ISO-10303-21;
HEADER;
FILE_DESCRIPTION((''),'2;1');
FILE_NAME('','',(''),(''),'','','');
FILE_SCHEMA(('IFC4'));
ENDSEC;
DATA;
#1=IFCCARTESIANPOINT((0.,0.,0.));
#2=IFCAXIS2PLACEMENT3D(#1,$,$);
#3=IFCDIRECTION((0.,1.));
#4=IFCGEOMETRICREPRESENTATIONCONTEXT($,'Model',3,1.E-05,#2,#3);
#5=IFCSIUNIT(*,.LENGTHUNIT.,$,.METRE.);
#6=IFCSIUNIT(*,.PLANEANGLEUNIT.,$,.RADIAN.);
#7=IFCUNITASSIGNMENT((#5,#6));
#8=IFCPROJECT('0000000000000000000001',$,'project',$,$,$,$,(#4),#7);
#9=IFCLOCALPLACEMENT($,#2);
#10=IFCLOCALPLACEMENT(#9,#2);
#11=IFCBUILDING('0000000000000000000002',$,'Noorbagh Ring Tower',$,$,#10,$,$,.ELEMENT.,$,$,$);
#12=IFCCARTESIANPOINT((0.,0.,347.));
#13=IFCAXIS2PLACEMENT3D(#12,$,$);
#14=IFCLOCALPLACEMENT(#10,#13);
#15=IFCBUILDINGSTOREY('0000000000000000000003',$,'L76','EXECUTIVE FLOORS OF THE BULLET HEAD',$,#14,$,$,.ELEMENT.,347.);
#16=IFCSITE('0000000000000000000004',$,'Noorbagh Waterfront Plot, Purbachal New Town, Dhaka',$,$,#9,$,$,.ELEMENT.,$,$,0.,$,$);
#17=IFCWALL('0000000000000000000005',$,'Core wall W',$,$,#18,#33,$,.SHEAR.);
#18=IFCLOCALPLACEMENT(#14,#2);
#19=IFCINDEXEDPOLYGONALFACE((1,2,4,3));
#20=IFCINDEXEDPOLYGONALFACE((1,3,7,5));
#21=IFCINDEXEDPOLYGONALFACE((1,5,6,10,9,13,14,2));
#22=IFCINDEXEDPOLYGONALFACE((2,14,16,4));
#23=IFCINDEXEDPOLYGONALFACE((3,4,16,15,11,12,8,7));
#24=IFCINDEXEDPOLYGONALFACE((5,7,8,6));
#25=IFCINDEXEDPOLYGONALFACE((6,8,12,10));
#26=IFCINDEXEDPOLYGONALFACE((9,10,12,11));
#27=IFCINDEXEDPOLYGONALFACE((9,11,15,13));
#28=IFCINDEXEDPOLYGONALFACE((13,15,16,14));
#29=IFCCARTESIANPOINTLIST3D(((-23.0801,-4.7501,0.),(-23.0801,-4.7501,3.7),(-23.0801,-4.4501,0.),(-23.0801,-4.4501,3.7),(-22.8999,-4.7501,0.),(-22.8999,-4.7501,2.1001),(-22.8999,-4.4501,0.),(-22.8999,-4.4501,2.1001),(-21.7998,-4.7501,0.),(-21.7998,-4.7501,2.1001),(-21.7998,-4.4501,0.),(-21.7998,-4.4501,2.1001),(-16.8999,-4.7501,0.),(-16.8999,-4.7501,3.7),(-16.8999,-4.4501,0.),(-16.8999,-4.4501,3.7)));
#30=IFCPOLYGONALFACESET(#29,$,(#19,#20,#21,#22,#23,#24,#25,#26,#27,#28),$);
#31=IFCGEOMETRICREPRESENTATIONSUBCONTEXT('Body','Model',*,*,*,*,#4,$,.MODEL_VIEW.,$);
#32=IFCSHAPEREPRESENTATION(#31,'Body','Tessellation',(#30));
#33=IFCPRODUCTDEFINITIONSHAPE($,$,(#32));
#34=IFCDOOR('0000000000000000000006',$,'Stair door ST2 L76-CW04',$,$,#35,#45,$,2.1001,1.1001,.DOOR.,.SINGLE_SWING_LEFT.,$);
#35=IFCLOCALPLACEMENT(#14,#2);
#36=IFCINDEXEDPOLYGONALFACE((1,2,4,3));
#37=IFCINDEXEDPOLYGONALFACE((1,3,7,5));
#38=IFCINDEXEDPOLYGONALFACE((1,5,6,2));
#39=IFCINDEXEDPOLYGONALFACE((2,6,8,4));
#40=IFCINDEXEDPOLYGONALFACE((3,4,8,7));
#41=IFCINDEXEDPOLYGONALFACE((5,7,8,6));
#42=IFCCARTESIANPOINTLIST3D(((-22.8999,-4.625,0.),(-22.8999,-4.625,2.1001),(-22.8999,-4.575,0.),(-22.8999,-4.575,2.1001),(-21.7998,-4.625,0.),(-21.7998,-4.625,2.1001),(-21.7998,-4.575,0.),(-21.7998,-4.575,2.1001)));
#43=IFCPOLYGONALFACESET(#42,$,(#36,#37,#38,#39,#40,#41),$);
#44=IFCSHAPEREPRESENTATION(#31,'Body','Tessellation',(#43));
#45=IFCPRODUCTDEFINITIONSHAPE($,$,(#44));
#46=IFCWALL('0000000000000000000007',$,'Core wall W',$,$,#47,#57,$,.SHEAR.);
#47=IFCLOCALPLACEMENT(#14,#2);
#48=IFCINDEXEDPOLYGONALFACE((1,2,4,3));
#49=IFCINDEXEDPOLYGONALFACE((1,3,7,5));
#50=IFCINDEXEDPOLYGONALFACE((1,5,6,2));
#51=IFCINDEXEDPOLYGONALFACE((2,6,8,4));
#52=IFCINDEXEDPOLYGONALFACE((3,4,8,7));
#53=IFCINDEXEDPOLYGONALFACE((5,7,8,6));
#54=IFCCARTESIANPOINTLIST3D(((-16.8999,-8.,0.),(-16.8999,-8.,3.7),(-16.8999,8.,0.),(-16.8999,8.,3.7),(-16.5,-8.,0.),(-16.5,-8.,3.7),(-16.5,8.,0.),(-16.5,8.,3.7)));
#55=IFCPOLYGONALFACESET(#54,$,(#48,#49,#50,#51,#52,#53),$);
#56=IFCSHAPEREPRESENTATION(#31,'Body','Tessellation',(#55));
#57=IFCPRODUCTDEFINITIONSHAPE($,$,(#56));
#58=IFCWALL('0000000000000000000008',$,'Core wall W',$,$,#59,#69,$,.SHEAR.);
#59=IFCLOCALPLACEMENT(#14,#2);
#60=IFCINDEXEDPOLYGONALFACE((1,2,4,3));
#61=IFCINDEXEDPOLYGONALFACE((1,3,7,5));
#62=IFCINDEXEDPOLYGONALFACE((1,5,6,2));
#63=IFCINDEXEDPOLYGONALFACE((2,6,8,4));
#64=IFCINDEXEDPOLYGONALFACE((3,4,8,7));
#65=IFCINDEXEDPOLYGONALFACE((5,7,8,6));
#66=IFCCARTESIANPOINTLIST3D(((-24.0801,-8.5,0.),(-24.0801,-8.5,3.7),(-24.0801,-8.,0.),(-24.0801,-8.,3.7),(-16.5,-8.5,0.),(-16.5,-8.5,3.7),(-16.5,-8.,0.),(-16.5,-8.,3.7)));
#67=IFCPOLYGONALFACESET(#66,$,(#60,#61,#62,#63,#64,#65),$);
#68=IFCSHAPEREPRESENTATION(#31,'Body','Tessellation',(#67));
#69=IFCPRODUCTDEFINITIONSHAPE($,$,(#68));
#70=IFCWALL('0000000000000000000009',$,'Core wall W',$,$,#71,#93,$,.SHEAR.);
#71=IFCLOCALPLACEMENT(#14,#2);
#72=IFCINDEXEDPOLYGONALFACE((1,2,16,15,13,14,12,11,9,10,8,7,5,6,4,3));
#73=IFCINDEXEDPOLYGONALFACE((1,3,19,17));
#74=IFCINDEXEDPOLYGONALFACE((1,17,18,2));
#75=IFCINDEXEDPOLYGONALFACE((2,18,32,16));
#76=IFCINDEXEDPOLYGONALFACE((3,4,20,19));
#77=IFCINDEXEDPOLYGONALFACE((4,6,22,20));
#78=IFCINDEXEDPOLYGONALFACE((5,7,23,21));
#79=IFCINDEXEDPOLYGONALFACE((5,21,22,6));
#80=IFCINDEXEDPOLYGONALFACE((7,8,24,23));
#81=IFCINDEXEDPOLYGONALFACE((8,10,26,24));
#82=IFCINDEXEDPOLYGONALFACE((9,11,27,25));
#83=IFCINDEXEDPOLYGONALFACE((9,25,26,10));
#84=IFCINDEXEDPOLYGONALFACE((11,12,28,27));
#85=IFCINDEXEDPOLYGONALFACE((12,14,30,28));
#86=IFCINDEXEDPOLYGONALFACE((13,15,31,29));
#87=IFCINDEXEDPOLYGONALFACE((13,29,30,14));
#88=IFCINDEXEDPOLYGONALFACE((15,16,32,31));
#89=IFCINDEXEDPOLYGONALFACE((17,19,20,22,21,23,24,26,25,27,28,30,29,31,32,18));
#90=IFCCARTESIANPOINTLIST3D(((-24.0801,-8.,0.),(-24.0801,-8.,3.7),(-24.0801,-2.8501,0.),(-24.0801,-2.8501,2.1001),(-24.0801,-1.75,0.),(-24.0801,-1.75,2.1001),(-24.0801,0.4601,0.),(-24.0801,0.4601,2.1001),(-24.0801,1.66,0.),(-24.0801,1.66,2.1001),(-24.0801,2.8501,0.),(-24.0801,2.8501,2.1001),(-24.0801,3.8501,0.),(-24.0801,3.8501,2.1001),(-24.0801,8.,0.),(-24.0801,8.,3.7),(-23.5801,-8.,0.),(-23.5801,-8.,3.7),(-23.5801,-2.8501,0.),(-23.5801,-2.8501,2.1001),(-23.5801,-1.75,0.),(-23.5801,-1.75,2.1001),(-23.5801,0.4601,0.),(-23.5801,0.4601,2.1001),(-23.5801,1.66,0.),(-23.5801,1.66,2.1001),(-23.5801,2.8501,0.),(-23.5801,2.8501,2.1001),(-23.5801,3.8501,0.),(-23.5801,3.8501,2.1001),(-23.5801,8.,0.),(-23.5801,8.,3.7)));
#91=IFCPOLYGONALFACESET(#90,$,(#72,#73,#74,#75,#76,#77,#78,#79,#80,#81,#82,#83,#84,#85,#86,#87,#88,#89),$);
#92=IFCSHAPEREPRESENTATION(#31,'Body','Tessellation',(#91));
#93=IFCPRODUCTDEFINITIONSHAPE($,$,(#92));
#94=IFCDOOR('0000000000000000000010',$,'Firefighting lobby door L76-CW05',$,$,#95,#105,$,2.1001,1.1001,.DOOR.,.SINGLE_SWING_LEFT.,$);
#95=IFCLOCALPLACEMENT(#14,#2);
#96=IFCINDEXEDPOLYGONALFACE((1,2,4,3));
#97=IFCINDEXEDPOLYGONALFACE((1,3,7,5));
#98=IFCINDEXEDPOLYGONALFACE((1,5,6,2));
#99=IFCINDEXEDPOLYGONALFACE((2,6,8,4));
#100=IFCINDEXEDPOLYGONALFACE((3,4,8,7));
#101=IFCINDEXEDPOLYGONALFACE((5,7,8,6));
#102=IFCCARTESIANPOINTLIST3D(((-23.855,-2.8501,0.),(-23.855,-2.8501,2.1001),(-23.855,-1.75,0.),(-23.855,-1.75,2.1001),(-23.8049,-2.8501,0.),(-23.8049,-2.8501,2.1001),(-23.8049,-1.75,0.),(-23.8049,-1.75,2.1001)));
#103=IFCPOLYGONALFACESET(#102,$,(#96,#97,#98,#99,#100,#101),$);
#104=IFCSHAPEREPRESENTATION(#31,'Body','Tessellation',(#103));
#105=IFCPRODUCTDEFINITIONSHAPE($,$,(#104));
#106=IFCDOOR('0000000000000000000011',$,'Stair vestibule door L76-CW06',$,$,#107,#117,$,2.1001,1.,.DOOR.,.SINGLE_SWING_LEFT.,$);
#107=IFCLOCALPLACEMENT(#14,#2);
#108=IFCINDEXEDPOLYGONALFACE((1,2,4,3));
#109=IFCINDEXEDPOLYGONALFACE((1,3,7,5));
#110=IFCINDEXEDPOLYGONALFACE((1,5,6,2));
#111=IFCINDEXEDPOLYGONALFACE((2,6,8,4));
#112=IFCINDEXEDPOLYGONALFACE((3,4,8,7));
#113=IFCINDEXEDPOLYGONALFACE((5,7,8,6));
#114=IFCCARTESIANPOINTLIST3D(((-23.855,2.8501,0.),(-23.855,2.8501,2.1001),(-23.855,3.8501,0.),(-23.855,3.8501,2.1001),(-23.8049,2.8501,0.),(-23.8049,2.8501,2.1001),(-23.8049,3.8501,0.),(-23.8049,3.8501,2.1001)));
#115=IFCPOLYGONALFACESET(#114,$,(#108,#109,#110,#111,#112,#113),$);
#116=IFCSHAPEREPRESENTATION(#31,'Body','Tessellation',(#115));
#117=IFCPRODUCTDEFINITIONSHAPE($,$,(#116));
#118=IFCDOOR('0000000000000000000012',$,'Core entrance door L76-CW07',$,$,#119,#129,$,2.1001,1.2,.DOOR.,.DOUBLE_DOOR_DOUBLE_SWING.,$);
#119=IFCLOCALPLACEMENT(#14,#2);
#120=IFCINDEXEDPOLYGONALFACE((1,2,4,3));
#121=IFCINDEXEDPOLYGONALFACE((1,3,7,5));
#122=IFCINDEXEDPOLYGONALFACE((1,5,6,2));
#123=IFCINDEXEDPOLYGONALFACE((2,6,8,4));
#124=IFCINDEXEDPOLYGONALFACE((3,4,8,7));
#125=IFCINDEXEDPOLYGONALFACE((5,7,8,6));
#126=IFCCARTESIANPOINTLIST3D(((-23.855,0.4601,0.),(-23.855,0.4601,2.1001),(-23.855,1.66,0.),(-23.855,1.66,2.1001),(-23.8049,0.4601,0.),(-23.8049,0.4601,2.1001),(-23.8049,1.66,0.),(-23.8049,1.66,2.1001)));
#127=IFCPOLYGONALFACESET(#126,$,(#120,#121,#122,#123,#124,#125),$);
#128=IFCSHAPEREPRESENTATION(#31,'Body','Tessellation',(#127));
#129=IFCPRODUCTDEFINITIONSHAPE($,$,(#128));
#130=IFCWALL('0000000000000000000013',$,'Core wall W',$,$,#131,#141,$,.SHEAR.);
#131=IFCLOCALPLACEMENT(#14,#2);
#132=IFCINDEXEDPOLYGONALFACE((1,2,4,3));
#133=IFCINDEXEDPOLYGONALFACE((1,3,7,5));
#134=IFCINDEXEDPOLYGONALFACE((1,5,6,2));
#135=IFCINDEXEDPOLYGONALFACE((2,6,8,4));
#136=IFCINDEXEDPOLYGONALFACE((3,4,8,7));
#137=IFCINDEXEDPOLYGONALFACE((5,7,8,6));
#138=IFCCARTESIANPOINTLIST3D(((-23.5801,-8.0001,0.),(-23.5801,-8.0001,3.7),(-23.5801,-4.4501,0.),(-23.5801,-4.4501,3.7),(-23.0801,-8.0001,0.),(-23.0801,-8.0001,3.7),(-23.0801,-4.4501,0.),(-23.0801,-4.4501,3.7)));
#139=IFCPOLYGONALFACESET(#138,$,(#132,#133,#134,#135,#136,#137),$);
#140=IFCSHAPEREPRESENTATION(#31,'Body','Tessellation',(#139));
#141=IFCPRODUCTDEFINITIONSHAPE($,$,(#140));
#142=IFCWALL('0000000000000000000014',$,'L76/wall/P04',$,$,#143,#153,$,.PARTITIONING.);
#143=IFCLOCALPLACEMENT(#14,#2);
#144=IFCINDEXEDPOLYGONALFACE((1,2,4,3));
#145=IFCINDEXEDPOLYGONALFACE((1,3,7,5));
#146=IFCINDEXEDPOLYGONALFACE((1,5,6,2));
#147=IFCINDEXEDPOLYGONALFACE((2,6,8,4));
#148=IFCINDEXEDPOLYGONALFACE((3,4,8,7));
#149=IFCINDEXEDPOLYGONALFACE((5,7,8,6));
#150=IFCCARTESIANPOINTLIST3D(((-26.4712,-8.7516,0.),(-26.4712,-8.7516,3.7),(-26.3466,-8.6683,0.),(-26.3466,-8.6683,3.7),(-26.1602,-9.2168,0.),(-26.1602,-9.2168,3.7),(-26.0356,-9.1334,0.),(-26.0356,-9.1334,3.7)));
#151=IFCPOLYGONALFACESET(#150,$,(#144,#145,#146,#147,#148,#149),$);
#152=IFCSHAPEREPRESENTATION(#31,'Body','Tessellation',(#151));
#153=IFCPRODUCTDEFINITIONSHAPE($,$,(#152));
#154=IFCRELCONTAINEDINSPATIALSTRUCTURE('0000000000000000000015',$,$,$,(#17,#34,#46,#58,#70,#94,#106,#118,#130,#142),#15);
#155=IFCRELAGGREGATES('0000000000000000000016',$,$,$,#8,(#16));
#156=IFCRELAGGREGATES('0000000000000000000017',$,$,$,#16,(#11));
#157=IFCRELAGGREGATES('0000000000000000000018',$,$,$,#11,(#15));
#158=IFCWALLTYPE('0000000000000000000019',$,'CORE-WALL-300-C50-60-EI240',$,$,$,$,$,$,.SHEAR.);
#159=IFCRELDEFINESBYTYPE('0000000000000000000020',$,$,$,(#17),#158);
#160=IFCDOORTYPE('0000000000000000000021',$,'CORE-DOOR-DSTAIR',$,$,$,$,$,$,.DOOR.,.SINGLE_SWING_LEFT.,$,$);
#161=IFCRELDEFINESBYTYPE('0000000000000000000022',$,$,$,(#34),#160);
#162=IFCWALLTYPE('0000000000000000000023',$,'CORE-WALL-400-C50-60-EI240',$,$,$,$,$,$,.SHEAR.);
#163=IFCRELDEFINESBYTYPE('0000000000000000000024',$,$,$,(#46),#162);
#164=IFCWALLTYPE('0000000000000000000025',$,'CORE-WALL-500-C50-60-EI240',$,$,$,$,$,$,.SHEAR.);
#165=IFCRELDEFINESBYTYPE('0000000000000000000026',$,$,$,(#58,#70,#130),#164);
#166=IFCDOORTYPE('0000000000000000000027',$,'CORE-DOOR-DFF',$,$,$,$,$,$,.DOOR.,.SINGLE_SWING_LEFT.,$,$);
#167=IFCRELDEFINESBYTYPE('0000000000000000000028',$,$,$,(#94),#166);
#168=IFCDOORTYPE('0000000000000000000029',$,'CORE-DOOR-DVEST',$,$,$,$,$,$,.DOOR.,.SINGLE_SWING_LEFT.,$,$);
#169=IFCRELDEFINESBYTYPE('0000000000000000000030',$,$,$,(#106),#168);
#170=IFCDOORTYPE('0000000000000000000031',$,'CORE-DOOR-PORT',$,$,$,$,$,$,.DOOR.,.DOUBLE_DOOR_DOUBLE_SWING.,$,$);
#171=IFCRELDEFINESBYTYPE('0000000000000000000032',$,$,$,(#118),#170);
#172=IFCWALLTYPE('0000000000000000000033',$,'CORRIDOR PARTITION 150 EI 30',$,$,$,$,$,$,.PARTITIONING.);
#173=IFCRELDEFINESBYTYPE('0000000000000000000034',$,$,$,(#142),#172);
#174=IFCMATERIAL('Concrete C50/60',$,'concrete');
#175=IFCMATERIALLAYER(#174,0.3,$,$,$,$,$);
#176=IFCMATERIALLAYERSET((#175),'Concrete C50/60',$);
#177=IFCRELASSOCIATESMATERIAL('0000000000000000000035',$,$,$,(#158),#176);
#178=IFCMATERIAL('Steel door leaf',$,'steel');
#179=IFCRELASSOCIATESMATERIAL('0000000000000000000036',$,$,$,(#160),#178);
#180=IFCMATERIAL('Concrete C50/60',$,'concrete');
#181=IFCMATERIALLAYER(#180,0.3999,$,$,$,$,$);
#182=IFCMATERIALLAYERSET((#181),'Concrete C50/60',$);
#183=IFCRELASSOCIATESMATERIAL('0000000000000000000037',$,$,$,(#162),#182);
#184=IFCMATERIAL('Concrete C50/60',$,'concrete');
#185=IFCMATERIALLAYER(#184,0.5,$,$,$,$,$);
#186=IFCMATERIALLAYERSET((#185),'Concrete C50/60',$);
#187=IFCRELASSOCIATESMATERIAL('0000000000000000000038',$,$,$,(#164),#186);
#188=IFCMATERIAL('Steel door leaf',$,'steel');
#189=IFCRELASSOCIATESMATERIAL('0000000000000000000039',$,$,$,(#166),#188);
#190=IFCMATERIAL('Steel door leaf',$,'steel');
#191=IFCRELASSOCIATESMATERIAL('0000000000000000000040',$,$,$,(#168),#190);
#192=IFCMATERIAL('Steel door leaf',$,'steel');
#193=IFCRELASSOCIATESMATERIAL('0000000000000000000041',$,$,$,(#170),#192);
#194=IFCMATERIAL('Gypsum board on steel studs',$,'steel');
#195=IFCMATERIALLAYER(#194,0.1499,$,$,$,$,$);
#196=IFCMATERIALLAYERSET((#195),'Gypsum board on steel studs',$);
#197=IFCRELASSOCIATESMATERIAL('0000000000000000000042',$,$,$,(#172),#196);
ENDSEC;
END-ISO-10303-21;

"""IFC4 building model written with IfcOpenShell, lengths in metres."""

from ifc_helpers import new_model, si_unit, direction, frame, frame_2d, origin, place, context, subcontext, project, spatial, rectangle, extrude, material, layer, layer_set, type_object, element, fill, save


model = new_model("IFC4")

# Units and contexts
model_context = context("Model", 3, precision=1e-05, world=origin(), true_north=direction((0.0, 1.0)))
body_context = subcontext(model_context, "Body", "Model", "MODEL_VIEW")
ifc_project = project(units=[si_unit("LENGTHUNIT", "METRE"), si_unit("PLANEANGLEUNIT", "RADIAN")], contexts=[model_context])

# Site, building, storey
site_placement = place(None, origin())
site = spatial("IfcSite", under=ifc_project, at=site_placement, Name="Noorbagh Waterfront Plot, Purbachal New Town, Dhaka", CompositionType="ELEMENT", RefElevation=0.0)
building_placement = place(site_placement, origin())
building = spatial("IfcBuilding", under=site, at=building_placement, Name="Noorbagh Ring Tower", CompositionType="ELEMENT")
storey_placement = place(building_placement, frame((0.0, 0.0, 347.0)))
storey = spatial("IfcBuildingStorey", under=building, at=storey_placement, Name="L76", Description="EXECUTIVE FLOORS OF THE BULLET HEAD", CompositionType="ELEMENT", Elevation=347.0)

# Wall, opening, door
ifc_material_1 = material(Name="Concrete C50/60", Category="concrete")
ifc_layer_1 = layer(ifc_material_1, 0.3)
ifc_layer_set_1 = layer_set([ifc_layer_1], Name="Concrete C50/60")
wall_type_1 = type_object("IfcWallType", Name="CORE-WALL-300-C50-60-EI240", PredefinedType="SHEAR", material=ifc_layer_set_1)
wall_1_placement = place(storey_placement, frame((-16.8999, -4.6001, 0.0), z_axis=(0.0, 0.0, 1.0), x_axis=(-1.0, 0.0, 0.0)))
wall_1 = element("IfcWall", 1, at=wall_1_placement, inside=storey, type_object=wall_type_1, Name="Core wall W", PredefinedType="SHEAR", context=body_context, shape_type="SweptSolid", body=[
    extrude(rectangle(XDim=6.1802, YDim=0.3, at=frame_2d((3.0901, 0.0))), origin(), (0.0, 0.0, 1.0), 3.7),
])
opening_1_placement = place(wall_1_placement, frame((4.8999, 0.0, 0.0)))
opening_1 = element("IfcOpeningElement", 2, at=opening_1_placement, cuts=wall_1, PredefinedType="OPENING", context=body_context, shape_type="SweptSolid", body=[
    extrude(rectangle(XDim=1.1001, YDim=2.1001, at=frame_2d((0.55, 1.05))), frame((0.0, 0.1602, 0.0), z_axis=(0.0, -1.0, 0.0), x_axis=(1.0, 0.0, 0.0)), (0.0, 0.0, 1.0), 0.3201),
])
ifc_material_2 = material(Name="Steel door leaf", Category="steel")
door_type_1 = type_object("IfcDoorType", Name="CORE-DOOR-DSTAIR", OperationType="SINGLE_SWING_LEFT", PredefinedType="DOOR", material=ifc_material_2)
door_1_placement = place(opening_1_placement, origin())
door_1 = element("IfcDoor", 3, at=door_1_placement, inside=storey, type_object=door_type_1, Name="Stair door ST2 L76-CW04", OperationType="SINGLE_SWING_LEFT", OverallHeight=2.1001, OverallWidth=1.1001, PredefinedType="DOOR", context=body_context, shape_type="SweptSolid", body=[
    extrude(rectangle(XDim=1.1001, YDim=2.1001, at=frame_2d((0.55, 1.05))), frame((0.0, 0.0249, 0.0), z_axis=(0.0, -1.0, 0.0), x_axis=(1.0, 0.0, 0.0)), (0.0, 0.0, 1.0), 0.05),
])
fill(opening_1, door_1)

# Walls
ifc_material_3 = material(Name="Concrete C50/60", Category="concrete")
ifc_layer_2 = layer(ifc_material_3, 0.3999)
ifc_layer_set_2 = layer_set([ifc_layer_2], Name="Concrete C50/60")
wall_type_2 = type_object("IfcWallType", Name="CORE-WALL-400-C50-60-EI240", PredefinedType="SHEAR", material=ifc_layer_set_2)
wall_2_placement = place(storey_placement, frame((-16.7, -8.0, 0.0), z_axis=(0.0, 0.0, 1.0), x_axis=(0.0, 1.0, 0.0)))
element("IfcWall", 4, at=wall_2_placement, inside=storey, type_object=wall_type_2, Name="Core wall W", PredefinedType="SHEAR", context=body_context, shape_type="SweptSolid", body=[
    extrude(rectangle(XDim=16.0, YDim=0.3999, at=frame_2d((8.0, 0.0))), origin(), (0.0, 0.0, 1.0), 3.7),
])
ifc_material_4 = material(Name="Concrete C50/60", Category="concrete")
ifc_layer_3 = layer(ifc_material_4, 0.5)
ifc_layer_set_3 = layer_set([ifc_layer_3], Name="Concrete C50/60")
wall_type_3 = type_object("IfcWallType", Name="CORE-WALL-500-C50-60-EI240", PredefinedType="SHEAR", material=ifc_layer_set_3)
wall_3_placement = place(storey_placement, frame((-16.5, -8.25, 0.0), z_axis=(0.0, 0.0, 1.0), x_axis=(-1.0, 0.0, 0.0)))
element("IfcWall", 5, at=wall_3_placement, inside=storey, type_object=wall_type_3, Name="Core wall W", PredefinedType="SHEAR", context=body_context, shape_type="SweptSolid", body=[
    extrude(rectangle(XDim=7.5801, YDim=0.5, at=frame_2d((3.79, 0.0))), origin(), (0.0, 0.0, 1.0), 3.7),
])

# Wall, openings, doors
wall_4_placement = place(storey_placement, frame((-23.8301, -8.0, 0.0), z_axis=(0.0, 0.0, 1.0), x_axis=(0.0, 1.0, 0.0)))
wall_4 = element("IfcWall", 6, at=wall_4_placement, inside=storey, type_object=wall_type_3, Name="Core wall W", PredefinedType="SHEAR", context=body_context, shape_type="SweptSolid", body=[
    extrude(rectangle(XDim=16.0, YDim=0.5, at=frame_2d((8.0, 0.0))), origin(), (0.0, 0.0, 1.0), 3.7),
])
opening_2_placement = place(wall_4_placement, frame((5.1499, 0.0, 0.0)))
opening_2 = element("IfcOpeningElement", 7, at=opening_2_placement, cuts=wall_4, PredefinedType="OPENING", context=body_context, shape_type="SweptSolid", body=[
    extrude(rectangle(XDim=1.1001, YDim=2.1001, at=frame_2d((0.55, 1.05))), frame((0.0, 0.26, 0.0), z_axis=(0.0, -1.0, 0.0), x_axis=(1.0, 0.0, 0.0)), (0.0, 0.0, 1.0), 0.52),
])
opening_3_placement = place(wall_4_placement, frame((10.8501, 0.0, 0.0)))
opening_3 = element("IfcOpeningElement", 8, at=opening_3_placement, cuts=wall_4, PredefinedType="OPENING", context=body_context, shape_type="SweptSolid", body=[
    extrude(rectangle(XDim=1.0, YDim=2.1001, at=frame_2d((0.5, 1.05))), frame((0.0, 0.26, 0.0), z_axis=(0.0, -1.0, 0.0), x_axis=(1.0, 0.0, 0.0)), (0.0, 0.0, 1.0), 0.52),
])
opening_4_placement = place(wall_4_placement, frame((8.46, 0.0, 0.0)))
opening_4 = element("IfcOpeningElement", 9, at=opening_4_placement, cuts=wall_4, PredefinedType="OPENING", context=body_context, shape_type="SweptSolid", body=[
    extrude(rectangle(XDim=1.2, YDim=2.1001, at=frame_2d((0.6001, 1.05))), frame((0.0, 0.26, 0.0), z_axis=(0.0, -1.0, 0.0), x_axis=(1.0, 0.0, 0.0)), (0.0, 0.0, 1.0), 0.52),
])
ifc_material_5 = material(Name="Steel door leaf", Category="steel")
door_type_2 = type_object("IfcDoorType", Name="CORE-DOOR-DFF", OperationType="SINGLE_SWING_LEFT", PredefinedType="DOOR", material=ifc_material_5)
door_2_placement = place(opening_2_placement, origin())
door_2 = element("IfcDoor", 10, at=door_2_placement, inside=storey, type_object=door_type_2, Name="Firefighting lobby door L76-CW05", OperationType="SINGLE_SWING_LEFT", OverallHeight=2.1001, OverallWidth=1.1001, PredefinedType="DOOR", context=body_context, shape_type="SweptSolid", body=[
    extrude(rectangle(XDim=1.1001, YDim=2.1001, at=frame_2d((0.55, 1.05))), frame((0.0, 0.0249, 0.0), z_axis=(0.0, -1.0, 0.0), x_axis=(1.0, 0.0, 0.0)), (0.0, 0.0, 1.0), 0.05),
])
fill(opening_2, door_2)
ifc_material_6 = material(Name="Steel door leaf", Category="steel")
door_type_3 = type_object("IfcDoorType", Name="CORE-DOOR-DVEST", OperationType="SINGLE_SWING_LEFT", PredefinedType="DOOR", material=ifc_material_6)
door_3_placement = place(opening_3_placement, origin())
door_3 = element("IfcDoor", 11, at=door_3_placement, inside=storey, type_object=door_type_3, Name="Stair vestibule door L76-CW06", OperationType="SINGLE_SWING_LEFT", OverallHeight=2.1001, OverallWidth=1.0, PredefinedType="DOOR", context=body_context, shape_type="SweptSolid", body=[
    extrude(rectangle(XDim=1.0, YDim=2.1001, at=frame_2d((0.5, 1.05))), frame((0.0, 0.0249, 0.0), z_axis=(0.0, -1.0, 0.0), x_axis=(1.0, 0.0, 0.0)), (0.0, 0.0, 1.0), 0.05),
])
fill(opening_3, door_3)
ifc_material_7 = material(Name="Steel door leaf", Category="steel")
door_type_4 = type_object("IfcDoorType", Name="CORE-DOOR-PORT", OperationType="DOUBLE_DOOR_DOUBLE_SWING", PredefinedType="DOOR", material=ifc_material_7)
door_4_placement = place(opening_4_placement, origin())
door_4 = element("IfcDoor", 12, at=door_4_placement, inside=storey, type_object=door_type_4, Name="Core entrance door L76-CW07", OperationType="DOUBLE_DOOR_DOUBLE_SWING", OverallHeight=2.1001, OverallWidth=1.2, PredefinedType="DOOR", context=body_context, shape_type="SweptSolid", body=[
    extrude(rectangle(XDim=1.2, YDim=2.1001, at=frame_2d((0.6001, 1.05))), frame((0.0, 0.0249, 0.0), z_axis=(0.0, -1.0, 0.0), x_axis=(1.0, 0.0, 0.0)), (0.0, 0.0, 1.0), 0.05),
])
fill(opening_4, door_4)

# Walls
wall_5_placement = place(storey_placement, frame((-23.3301, -8.0, 0.0), z_axis=(0.0, 0.0, 1.0), x_axis=(0.0, 1.0, 0.0)))
element("IfcWall", 13, at=wall_5_placement, inside=storey, type_object=wall_type_3, Name="Core wall W", PredefinedType="SHEAR", context=body_context, shape_type="SweptSolid", body=[
    extrude(rectangle(XDim=3.55, YDim=0.5, at=frame_2d((1.7749, 0.0))), origin(), (0.0, 0.0, 1.0), 3.7),
])
ifc_material_8 = material(Name="Gypsum board on steel studs", Category="steel")
ifc_layer_4 = layer(ifc_material_8, 0.1499)
ifc_layer_set_4 = layer_set([ifc_layer_4], Name="Gypsum board on steel studs")
wall_type_4 = type_object("IfcWallType", Name="CORRIDOR PARTITION 150 EI 30", PredefinedType="PARTITIONING", material=ifc_layer_set_4)
wall_6_placement = place(storey_placement, frame((-26.4089, -8.71, 0.0), z_axis=(0.0, 0.0, 1.0), x_axis=(0.555908, -0.831244, 0.0)))
element("IfcWall", 14, at=wall_6_placement, inside=storey, type_object=wall_type_4, Name="L76/wall/P04", PredefinedType="PARTITIONING", context=body_context, shape_type="SweptSolid", body=[
    extrude(rectangle(XDim=0.5596, YDim=0.1499, at=frame_2d((0.2798, 0.0))), origin(), (0.0, 0.0, 1.0), 3.7),
])

save(model, "model.ifc")
